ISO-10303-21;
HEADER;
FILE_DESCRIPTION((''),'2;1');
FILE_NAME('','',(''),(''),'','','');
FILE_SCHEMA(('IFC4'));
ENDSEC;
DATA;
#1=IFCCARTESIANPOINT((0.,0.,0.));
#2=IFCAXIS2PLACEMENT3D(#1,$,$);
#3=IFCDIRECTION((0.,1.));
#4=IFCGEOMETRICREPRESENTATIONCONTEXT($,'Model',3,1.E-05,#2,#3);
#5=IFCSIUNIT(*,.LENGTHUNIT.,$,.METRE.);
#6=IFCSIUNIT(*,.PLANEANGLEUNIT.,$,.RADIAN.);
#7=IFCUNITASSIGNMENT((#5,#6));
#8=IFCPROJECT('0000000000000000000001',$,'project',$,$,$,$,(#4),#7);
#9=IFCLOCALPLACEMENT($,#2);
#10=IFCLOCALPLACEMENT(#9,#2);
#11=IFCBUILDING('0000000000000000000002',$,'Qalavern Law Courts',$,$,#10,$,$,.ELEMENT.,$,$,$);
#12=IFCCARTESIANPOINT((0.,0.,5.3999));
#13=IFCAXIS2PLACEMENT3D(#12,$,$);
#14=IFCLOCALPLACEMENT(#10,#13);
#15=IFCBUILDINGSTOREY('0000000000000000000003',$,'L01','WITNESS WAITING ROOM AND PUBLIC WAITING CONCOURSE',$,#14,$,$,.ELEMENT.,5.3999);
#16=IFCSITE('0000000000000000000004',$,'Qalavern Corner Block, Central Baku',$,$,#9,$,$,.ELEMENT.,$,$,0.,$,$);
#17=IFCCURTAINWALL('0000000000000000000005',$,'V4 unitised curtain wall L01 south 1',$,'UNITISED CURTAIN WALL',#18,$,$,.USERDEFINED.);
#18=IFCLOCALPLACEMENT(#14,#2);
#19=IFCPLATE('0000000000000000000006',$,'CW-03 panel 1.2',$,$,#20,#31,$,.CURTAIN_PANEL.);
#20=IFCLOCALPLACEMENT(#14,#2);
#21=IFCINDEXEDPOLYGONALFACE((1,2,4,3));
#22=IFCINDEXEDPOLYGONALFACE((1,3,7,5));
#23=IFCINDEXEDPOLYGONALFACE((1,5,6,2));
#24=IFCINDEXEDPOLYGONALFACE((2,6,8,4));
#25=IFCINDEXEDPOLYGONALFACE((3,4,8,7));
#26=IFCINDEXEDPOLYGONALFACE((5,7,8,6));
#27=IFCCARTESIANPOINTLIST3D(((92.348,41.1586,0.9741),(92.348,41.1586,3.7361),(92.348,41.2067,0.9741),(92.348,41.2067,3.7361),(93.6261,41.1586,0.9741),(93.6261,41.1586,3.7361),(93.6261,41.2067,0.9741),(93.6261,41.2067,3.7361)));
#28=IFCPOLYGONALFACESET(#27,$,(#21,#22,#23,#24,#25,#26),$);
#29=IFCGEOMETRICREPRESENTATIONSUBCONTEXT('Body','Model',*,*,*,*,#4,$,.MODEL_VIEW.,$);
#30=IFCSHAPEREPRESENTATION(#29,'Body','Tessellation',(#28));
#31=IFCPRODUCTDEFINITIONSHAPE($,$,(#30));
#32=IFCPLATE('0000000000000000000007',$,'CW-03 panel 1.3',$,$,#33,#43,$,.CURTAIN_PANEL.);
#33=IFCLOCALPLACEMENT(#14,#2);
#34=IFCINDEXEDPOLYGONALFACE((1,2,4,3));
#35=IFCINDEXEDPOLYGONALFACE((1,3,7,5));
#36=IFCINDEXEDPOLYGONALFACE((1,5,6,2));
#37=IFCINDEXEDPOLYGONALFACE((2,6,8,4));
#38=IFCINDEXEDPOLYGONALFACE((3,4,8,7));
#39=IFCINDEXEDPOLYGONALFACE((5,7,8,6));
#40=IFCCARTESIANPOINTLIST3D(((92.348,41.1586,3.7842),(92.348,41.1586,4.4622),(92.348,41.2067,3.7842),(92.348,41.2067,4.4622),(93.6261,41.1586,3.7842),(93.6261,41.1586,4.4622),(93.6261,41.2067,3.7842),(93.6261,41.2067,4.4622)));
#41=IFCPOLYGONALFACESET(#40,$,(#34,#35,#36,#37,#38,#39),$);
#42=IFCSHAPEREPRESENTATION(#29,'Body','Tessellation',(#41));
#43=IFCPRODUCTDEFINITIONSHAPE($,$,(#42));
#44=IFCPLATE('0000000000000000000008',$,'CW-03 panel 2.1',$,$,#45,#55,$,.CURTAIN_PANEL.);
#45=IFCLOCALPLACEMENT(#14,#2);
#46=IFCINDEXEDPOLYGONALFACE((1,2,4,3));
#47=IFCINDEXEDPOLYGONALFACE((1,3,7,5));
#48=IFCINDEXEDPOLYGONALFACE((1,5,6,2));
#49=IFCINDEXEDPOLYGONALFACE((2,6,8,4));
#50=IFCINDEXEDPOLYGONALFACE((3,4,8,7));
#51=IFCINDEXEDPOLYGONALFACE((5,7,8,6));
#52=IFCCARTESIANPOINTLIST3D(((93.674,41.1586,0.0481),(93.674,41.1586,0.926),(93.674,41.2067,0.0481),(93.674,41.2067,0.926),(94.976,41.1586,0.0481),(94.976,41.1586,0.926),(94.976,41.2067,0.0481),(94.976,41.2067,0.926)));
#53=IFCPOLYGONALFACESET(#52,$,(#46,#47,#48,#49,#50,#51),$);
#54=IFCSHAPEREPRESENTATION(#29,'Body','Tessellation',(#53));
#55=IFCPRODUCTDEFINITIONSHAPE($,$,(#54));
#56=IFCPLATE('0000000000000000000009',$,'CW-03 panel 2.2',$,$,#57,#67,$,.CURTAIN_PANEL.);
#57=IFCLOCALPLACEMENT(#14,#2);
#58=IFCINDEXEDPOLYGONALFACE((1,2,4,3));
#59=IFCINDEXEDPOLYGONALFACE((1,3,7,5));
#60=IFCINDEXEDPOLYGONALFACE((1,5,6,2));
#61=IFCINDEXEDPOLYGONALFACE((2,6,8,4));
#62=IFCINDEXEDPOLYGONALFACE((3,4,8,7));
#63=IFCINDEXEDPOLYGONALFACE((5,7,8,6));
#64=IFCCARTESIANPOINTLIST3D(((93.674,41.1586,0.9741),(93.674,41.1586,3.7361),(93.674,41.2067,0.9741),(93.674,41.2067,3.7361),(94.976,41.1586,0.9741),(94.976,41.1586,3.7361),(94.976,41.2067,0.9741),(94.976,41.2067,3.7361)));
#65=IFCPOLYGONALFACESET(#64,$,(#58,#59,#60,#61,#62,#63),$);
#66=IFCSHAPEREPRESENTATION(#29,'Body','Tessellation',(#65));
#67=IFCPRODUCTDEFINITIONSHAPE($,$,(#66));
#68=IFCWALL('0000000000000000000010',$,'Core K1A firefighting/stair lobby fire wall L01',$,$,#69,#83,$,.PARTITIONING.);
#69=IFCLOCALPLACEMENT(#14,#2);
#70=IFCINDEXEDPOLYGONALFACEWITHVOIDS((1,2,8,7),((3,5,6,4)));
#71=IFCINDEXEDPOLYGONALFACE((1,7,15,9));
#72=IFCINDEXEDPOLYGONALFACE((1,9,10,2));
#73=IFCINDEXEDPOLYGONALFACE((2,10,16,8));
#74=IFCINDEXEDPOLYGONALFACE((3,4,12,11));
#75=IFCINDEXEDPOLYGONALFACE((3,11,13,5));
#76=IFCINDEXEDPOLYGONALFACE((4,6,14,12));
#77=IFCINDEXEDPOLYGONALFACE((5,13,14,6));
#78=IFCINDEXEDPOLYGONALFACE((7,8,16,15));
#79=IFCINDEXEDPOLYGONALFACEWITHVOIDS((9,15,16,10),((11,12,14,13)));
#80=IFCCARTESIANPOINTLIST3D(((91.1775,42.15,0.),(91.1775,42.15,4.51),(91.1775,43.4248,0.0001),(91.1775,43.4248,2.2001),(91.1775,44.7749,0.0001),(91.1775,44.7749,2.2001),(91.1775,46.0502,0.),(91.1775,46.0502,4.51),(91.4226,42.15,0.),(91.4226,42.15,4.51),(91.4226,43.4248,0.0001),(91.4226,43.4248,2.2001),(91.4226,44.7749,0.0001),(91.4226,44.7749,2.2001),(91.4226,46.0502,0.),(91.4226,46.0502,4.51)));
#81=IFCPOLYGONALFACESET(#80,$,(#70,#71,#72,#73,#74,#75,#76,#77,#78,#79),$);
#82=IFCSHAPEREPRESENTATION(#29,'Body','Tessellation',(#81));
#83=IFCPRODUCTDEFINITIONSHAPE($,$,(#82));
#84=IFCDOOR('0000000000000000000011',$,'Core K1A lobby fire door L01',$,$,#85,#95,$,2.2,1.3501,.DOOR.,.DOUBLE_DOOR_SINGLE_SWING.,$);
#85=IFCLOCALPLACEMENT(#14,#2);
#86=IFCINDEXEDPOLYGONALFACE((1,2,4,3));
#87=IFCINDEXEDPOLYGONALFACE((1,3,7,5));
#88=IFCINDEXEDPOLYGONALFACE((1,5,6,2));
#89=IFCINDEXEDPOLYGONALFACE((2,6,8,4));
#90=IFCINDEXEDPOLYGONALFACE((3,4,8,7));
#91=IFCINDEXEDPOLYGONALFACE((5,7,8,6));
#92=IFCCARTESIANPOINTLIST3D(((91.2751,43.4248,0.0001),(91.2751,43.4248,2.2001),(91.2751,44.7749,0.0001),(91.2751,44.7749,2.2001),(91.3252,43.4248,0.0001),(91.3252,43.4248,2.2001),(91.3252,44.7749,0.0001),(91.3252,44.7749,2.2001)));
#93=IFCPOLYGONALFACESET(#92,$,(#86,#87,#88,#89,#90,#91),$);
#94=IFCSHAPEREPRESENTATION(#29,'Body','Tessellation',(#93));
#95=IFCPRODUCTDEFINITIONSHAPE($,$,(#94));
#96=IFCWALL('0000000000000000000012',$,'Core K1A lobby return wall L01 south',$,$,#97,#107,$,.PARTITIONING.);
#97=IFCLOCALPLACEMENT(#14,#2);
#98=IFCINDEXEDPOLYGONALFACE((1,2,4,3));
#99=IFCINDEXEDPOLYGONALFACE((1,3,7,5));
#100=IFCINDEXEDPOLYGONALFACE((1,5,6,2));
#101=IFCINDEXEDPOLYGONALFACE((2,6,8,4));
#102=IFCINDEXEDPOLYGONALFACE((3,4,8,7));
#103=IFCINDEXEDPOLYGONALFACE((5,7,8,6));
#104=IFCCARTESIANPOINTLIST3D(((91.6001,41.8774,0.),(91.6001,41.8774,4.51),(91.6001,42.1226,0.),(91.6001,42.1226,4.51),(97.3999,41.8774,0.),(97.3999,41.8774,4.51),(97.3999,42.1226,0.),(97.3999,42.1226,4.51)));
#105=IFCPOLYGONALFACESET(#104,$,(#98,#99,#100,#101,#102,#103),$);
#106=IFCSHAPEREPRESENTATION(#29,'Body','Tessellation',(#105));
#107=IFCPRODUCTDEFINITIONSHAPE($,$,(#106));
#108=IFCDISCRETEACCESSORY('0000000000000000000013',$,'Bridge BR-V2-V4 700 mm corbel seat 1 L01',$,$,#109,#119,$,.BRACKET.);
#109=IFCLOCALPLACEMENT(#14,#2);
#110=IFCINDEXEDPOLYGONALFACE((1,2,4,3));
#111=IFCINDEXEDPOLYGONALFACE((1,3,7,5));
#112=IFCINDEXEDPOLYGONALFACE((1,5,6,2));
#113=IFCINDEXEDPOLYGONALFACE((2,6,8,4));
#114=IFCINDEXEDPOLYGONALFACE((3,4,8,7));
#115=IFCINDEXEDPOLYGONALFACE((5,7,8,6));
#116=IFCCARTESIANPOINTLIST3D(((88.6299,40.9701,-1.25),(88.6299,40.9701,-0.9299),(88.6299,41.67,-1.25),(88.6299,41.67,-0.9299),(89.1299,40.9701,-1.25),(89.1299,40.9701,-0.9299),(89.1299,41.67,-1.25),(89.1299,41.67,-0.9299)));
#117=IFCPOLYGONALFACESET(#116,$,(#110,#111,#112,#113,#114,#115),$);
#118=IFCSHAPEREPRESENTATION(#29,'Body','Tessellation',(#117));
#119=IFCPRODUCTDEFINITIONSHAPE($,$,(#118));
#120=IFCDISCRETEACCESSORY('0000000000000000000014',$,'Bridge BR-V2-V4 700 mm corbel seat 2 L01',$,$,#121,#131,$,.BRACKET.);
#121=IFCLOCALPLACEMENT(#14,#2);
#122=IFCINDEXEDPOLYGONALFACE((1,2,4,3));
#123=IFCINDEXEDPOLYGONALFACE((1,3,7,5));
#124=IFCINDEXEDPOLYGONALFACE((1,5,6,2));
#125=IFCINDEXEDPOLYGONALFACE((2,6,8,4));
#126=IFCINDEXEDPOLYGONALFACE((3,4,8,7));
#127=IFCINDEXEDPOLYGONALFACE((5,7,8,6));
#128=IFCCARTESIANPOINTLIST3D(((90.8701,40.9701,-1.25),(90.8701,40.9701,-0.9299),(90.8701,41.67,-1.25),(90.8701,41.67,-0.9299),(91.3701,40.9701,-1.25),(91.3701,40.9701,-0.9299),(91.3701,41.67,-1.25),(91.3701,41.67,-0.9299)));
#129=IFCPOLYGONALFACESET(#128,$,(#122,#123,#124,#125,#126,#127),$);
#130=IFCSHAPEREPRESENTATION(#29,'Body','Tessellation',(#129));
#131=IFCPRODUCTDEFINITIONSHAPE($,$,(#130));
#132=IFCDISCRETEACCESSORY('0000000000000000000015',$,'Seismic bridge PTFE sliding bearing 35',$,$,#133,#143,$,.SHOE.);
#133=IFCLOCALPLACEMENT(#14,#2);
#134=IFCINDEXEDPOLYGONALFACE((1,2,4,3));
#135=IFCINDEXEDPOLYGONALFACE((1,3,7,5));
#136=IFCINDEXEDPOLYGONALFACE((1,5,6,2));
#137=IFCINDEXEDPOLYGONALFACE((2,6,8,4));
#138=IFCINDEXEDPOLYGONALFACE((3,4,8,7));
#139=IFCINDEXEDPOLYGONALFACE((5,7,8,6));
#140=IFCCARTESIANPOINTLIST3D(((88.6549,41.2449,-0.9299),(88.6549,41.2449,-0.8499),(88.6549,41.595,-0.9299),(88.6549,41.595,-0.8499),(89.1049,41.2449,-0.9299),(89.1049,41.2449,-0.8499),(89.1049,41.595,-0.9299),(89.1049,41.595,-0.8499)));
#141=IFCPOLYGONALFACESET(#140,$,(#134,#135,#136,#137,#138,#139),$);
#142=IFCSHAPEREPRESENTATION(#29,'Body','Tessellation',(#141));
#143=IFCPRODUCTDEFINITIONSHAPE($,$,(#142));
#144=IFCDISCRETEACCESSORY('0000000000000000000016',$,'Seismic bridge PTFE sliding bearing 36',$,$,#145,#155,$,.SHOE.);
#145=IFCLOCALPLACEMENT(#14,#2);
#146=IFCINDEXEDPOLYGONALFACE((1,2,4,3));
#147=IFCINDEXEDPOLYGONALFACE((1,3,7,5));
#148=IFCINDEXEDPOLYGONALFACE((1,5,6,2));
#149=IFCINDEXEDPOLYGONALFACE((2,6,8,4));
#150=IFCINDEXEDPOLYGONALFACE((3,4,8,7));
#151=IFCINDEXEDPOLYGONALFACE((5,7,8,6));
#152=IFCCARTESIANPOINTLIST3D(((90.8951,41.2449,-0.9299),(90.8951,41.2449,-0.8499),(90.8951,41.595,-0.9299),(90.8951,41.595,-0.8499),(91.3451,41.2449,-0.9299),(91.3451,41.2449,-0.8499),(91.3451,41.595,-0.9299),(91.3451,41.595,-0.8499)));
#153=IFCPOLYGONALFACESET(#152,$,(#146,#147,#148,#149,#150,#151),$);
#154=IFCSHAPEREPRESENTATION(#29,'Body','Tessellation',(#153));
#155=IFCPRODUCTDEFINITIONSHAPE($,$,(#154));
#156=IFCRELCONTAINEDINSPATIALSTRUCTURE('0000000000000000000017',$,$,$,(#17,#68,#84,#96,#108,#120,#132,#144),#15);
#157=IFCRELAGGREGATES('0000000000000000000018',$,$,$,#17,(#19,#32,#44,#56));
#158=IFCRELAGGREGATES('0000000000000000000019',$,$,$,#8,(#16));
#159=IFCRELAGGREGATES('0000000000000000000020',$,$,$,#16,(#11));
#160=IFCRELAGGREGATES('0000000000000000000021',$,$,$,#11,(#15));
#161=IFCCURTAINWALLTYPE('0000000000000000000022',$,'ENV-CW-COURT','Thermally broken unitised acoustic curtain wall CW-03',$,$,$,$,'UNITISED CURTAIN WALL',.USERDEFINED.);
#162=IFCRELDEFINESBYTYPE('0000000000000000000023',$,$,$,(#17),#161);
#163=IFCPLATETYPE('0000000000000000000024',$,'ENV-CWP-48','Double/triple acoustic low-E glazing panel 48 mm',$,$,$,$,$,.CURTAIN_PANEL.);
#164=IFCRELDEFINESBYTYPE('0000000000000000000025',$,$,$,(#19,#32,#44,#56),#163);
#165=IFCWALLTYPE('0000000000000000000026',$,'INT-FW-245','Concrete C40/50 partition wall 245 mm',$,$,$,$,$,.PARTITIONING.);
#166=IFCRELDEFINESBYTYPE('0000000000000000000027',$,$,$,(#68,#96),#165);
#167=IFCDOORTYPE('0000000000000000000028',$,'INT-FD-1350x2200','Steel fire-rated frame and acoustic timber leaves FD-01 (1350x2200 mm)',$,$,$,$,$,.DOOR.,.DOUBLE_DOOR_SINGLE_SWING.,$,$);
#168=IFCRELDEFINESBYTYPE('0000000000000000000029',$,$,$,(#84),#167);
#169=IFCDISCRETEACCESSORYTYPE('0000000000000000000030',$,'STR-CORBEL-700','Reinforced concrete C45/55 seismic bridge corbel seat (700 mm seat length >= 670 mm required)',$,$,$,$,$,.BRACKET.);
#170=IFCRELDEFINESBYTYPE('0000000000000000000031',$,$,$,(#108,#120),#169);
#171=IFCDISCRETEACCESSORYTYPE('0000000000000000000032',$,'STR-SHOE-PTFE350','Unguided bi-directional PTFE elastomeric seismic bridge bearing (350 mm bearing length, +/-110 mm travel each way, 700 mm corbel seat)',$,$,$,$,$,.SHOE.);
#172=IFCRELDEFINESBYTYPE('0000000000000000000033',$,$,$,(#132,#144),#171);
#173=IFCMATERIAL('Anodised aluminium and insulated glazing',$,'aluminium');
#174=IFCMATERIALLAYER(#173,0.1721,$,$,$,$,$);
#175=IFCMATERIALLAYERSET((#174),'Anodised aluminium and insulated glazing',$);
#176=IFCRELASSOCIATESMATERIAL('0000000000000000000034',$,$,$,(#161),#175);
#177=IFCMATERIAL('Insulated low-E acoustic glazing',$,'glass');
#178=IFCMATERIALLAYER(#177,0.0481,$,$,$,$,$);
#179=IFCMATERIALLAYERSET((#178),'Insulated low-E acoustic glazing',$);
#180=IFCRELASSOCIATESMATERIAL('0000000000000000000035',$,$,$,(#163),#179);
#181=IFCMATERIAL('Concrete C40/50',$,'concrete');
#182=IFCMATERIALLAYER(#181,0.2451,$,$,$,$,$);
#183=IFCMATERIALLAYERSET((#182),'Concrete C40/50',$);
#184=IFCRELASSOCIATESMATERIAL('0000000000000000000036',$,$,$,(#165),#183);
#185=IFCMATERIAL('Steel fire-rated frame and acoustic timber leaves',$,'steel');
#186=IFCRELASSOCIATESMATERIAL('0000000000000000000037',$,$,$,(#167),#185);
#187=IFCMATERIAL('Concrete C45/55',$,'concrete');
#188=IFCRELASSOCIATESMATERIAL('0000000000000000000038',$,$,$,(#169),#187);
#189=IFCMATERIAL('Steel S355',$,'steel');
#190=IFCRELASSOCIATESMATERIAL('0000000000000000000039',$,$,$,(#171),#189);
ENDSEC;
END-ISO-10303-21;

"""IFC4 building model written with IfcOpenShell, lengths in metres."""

from ifc_helpers import new_model, si_unit, direction, frame, frame_2d, origin, origin_2d, place, context, subcontext, project, spatial, rectangle, extrude, material, layer, layer_set, type_object, element, fill, aggregate, save


model = new_model("IFC4")

# Units and contexts
model_context = context("Model", 3, precision=1e-05, world=origin(), true_north=direction((0.0, 1.0)))
body_context = subcontext(model_context, "Body", "Model", "MODEL_VIEW")
ifc_project = project(units=[si_unit("LENGTHUNIT", "METRE"), si_unit("PLANEANGLEUNIT", "RADIAN")], contexts=[model_context])

# Site, building, storey
site_placement = place(None, origin())
site = spatial("IfcSite", under=ifc_project, at=site_placement, Name="Qalavern Corner Block, Central Baku", CompositionType="ELEMENT", RefElevation=0.0)
building_placement = place(site_placement, origin())
building = spatial("IfcBuilding", under=site, at=building_placement, Name="Qalavern Law Courts", CompositionType="ELEMENT")
storey_placement = place(building_placement, frame((0.0, 0.0, 5.3999)))
storey = spatial("IfcBuildingStorey", under=building, at=storey_placement, Name="L01", Description="WITNESS WAITING ROOM AND PUBLIC WAITING CONCOURSE", CompositionType="ELEMENT", Elevation=5.3999)

# Shared definitions
ifc_material_1 = material(Name="Concrete C45/55", Category="concrete")

# Curtain wall
ifc_material_2 = material(Name="Anodised aluminium and insulated glazing", Category="aluminium")
ifc_layer_1 = layer(ifc_material_2, 0.1721)
ifc_layer_set_1 = layer_set([ifc_layer_1], Name="Anodised aluminium and insulated glazing")
curtain_wall_type = type_object("IfcCurtainWallType", Name="ENV-CW-COURT", Description="Thermally broken unitised acoustic curtain wall CW-03", ElementType="UNITISED CURTAIN WALL", PredefinedType="USERDEFINED", material=ifc_layer_set_1)
curtain_wall_placement = place(storey_placement, origin())
curtain_wall = element("IfcCurtainWall", 1, at=curtain_wall_placement, inside=storey, type_object=curtain_wall_type, Name="V4 unitised curtain wall L01 south 1", ObjectType="UNITISED CURTAIN WALL", PredefinedType="USERDEFINED")

# Shared definitions
ifc_material_3 = material(Name="Concrete C40/50", Category="concrete")

# Plates
ifc_material_4 = material(Name="Insulated low-E acoustic glazing", Category="glass")
ifc_layer_2 = layer(ifc_material_4, 0.0481)
ifc_layer_set_2 = layer_set([ifc_layer_2], Name="Insulated low-E acoustic glazing")
plate_type = type_object("IfcPlateType", Name="ENV-CWP-48", Description="Double/triple acoustic low-E glazing panel 48 mm", PredefinedType="CURTAIN_PANEL", material=ifc_layer_set_2)
plate_1_placement = place(storey_placement, frame((92.9871, 41.1826, 0.9741), z_axis=(0.0, 0.0, 1.0), x_axis=(1.0, 0.0, 0.0)))
plate_1 = element("IfcPlate", 2, at=plate_1_placement, type_object=plate_type, Name="CW-03 panel 1.2", PredefinedType="CURTAIN_PANEL", context=body_context, shape_type="SweptSolid", body=[
    extrude(rectangle(XDim=1.2781, YDim=0.0481, at=origin_2d()), origin(), (0.0, 0.0, 1.0), 2.762),
])
plate_2_placement = place(storey_placement, frame((92.9871, 41.1826, 3.7842), z_axis=(0.0, 0.0, 1.0), x_axis=(1.0, 0.0, 0.0)))
plate_2 = element("IfcPlate", 3, at=plate_2_placement, type_object=plate_type, Name="CW-03 panel 1.3", PredefinedType="CURTAIN_PANEL", context=body_context, shape_type="SweptSolid", body=[
    extrude(rectangle(XDim=1.2781, YDim=0.0481, at=origin_2d()), origin(), (0.0, 0.0, 1.0), 0.678),
])
plate_3_placement = place(storey_placement, frame((94.325, 41.1826, 0.0481), z_axis=(0.0, 0.0, 1.0), x_axis=(1.0, 0.0, 0.0)))
plate_3 = element("IfcPlate", 4, at=plate_3_placement, type_object=plate_type, Name="CW-03 panel 2.1", PredefinedType="CURTAIN_PANEL", context=body_context, shape_type="SweptSolid", body=[
    extrude(rectangle(XDim=1.302, YDim=0.0481, at=origin_2d()), origin(), (0.0, 0.0, 1.0), 0.8779),
])
plate_4_placement = place(storey_placement, frame((94.325, 41.1826, 0.9741), z_axis=(0.0, 0.0, 1.0), x_axis=(1.0, 0.0, 0.0)))
plate_4 = element("IfcPlate", 5, at=plate_4_placement, type_object=plate_type, Name="CW-03 panel 2.2", PredefinedType="CURTAIN_PANEL", context=body_context, shape_type="SweptSolid", body=[
    extrude(rectangle(XDim=1.302, YDim=0.0481, at=origin_2d()), origin(), (0.0, 0.0, 1.0), 2.762),
])
aggregate(curtain_wall, [plate_1, plate_2, plate_3, plate_4])

# Wall, opening, door
ifc_layer_3 = layer(ifc_material_3, 0.2451)
ifc_layer_set_3 = layer_set([ifc_layer_3], Name="Concrete C40/50")
wall_type = type_object("IfcWallType", Name="INT-FW-245", Description="Concrete C40/50 partition wall 245 mm", PredefinedType="PARTITIONING", material=ifc_layer_set_3)
wall_1_placement = place(storey_placement, frame((91.3, 42.1499, 0.0), z_axis=(0.0, 0.0, 1.0), x_axis=(0.0, 1.0, 0.0)))
wall_1 = element("IfcWall", 6, at=wall_1_placement, inside=storey, type_object=wall_type, Name="Core K1A firefighting/stair lobby fire wall L01", PredefinedType="PARTITIONING", context=body_context, shape_type="SweptSolid", body=[
    extrude(rectangle(XDim=3.9001, YDim=0.2451, at=frame_2d((1.9502, 0.0))), origin(), (0.0, 0.0, 1.0), 4.51),
])
opening_placement = place(wall_1_placement, frame((1.2749, 0.0, 0.0)))
opening = element("IfcOpeningElement", 7, at=opening_placement, cuts=wall_1, PredefinedType="OPENING", context=body_context, shape_type="SweptSolid", body=[
    extrude(rectangle(XDim=1.3501, YDim=2.2, at=frame_2d((0.675, 1.1001))), frame((0.0, 0.1375, 0.0), z_axis=(0.0, -1.0, 0.0), x_axis=(1.0, 0.0, 0.0)), (0.0, 0.0, 1.0), 0.2749),
])
ifc_material_5 = material(Name="Steel fire-rated frame and acoustic timber leaves", Category="steel")
door_type = type_object("IfcDoorType", Name="INT-FD-1350x2200", Description="Steel fire-rated frame and acoustic timber leaves FD-01 (1350x2200 mm)", OperationType="DOUBLE_DOOR_SINGLE_SWING", PredefinedType="DOOR", material=ifc_material_5)
door_placement = place(opening_placement, origin())
door = element("IfcDoor", 8, at=door_placement, inside=storey, type_object=door_type, Name="Core K1A lobby fire door L01", OperationType="DOUBLE_DOOR_SINGLE_SWING", OverallHeight=2.2, OverallWidth=1.3501, PredefinedType="DOOR", context=body_context, shape_type="SweptSolid", body=[
    extrude(rectangle(XDim=1.3501, YDim=2.2, at=frame_2d((0.675, 1.1001))), frame((0.0, 0.0249, 0.0), z_axis=(0.0, -1.0, 0.0), x_axis=(1.0, 0.0, 0.0)), (0.0, 0.0, 1.0), 0.05),
])
fill(opening, door)

# Wall
wall_2_placement = place(storey_placement, frame((91.6001, 42.0, 0.0), z_axis=(0.0, 0.0, 1.0), x_axis=(1.0, 0.0, 0.0)))
element("IfcWall", 9, at=wall_2_placement, inside=storey, type_object=wall_type, Name="Core K1A lobby return wall L01 south", PredefinedType="PARTITIONING", context=body_context, shape_type="SweptSolid", body=[
    extrude(rectangle(XDim=5.7998, YDim=0.2451, at=frame_2d((2.8999, 0.0))), origin(), (0.0, 0.0, 1.0), 4.51),
])

# Discrete accessories
discrete_accessory_type_1 = type_object("IfcDiscreteAccessoryType", Name="STR-CORBEL-700", Description="Reinforced concrete C45/55 seismic bridge corbel seat (700 mm seat length >= 670 mm required)", PredefinedType="BRACKET", material=ifc_material_1)
for number, where, z_axis, x_axis, name in (
    (10, (88.8799, 41.3201, -1.25), (0.0, 0.0, 1.0), (1.0, 0.0, 0.0), "Bridge BR-V2-V4 700 mm corbel seat 1 L01"),
    (11, (91.1201, 41.3201, -1.25), (0.0, 0.0, 1.0), (1.0, 0.0, 0.0), "Bridge BR-V2-V4 700 mm corbel seat 2 L01"),
):
    element("IfcDiscreteAccessory", number, at=place(storey_placement, frame(where, z_axis=z_axis, x_axis=x_axis)), inside=storey, type_object=discrete_accessory_type_1, Name=name, PredefinedType="BRACKET", context=body_context, shape_type="SweptSolid", body=[
        extrude(rectangle(XDim=0.5, YDim=0.7, at=origin_2d()), origin(), (0.0, 0.0, 1.0), 0.3201),
    ])
ifc_material_6 = material(Name="Steel S355", Category="steel")
discrete_accessory_type_2 = type_object("IfcDiscreteAccessoryType", Name="STR-SHOE-PTFE350", Description="Unguided bi-directional PTFE elastomeric seismic bridge bearing (350 mm bearing length, +/-110 mm travel each way, 700 mm corbel seat)", PredefinedType="SHOE", material=ifc_material_6)
for number, where, z_axis, x_axis, name in (
    (12, (88.8799, 41.4199, -0.9299), (0.0, 0.0, 1.0), (1.0, 0.0, 0.0), "Seismic bridge PTFE sliding bearing 35"),
    (13, (91.1201, 41.4199, -0.9299), (0.0, 0.0, 1.0), (1.0, 0.0, 0.0), "Seismic bridge PTFE sliding bearing 36"),
):
    element("IfcDiscreteAccessory", number, at=place(storey_placement, frame(where, z_axis=z_axis, x_axis=x_axis)), inside=storey, type_object=discrete_accessory_type_2, Name=name, PredefinedType="SHOE", context=body_context, shape_type="SweptSolid", body=[
        extrude(rectangle(XDim=0.45, YDim=0.3501, at=origin_2d()), origin(), (0.0, 0.0, 1.0), 0.0801),
    ])

save(model, "model.ifc")
